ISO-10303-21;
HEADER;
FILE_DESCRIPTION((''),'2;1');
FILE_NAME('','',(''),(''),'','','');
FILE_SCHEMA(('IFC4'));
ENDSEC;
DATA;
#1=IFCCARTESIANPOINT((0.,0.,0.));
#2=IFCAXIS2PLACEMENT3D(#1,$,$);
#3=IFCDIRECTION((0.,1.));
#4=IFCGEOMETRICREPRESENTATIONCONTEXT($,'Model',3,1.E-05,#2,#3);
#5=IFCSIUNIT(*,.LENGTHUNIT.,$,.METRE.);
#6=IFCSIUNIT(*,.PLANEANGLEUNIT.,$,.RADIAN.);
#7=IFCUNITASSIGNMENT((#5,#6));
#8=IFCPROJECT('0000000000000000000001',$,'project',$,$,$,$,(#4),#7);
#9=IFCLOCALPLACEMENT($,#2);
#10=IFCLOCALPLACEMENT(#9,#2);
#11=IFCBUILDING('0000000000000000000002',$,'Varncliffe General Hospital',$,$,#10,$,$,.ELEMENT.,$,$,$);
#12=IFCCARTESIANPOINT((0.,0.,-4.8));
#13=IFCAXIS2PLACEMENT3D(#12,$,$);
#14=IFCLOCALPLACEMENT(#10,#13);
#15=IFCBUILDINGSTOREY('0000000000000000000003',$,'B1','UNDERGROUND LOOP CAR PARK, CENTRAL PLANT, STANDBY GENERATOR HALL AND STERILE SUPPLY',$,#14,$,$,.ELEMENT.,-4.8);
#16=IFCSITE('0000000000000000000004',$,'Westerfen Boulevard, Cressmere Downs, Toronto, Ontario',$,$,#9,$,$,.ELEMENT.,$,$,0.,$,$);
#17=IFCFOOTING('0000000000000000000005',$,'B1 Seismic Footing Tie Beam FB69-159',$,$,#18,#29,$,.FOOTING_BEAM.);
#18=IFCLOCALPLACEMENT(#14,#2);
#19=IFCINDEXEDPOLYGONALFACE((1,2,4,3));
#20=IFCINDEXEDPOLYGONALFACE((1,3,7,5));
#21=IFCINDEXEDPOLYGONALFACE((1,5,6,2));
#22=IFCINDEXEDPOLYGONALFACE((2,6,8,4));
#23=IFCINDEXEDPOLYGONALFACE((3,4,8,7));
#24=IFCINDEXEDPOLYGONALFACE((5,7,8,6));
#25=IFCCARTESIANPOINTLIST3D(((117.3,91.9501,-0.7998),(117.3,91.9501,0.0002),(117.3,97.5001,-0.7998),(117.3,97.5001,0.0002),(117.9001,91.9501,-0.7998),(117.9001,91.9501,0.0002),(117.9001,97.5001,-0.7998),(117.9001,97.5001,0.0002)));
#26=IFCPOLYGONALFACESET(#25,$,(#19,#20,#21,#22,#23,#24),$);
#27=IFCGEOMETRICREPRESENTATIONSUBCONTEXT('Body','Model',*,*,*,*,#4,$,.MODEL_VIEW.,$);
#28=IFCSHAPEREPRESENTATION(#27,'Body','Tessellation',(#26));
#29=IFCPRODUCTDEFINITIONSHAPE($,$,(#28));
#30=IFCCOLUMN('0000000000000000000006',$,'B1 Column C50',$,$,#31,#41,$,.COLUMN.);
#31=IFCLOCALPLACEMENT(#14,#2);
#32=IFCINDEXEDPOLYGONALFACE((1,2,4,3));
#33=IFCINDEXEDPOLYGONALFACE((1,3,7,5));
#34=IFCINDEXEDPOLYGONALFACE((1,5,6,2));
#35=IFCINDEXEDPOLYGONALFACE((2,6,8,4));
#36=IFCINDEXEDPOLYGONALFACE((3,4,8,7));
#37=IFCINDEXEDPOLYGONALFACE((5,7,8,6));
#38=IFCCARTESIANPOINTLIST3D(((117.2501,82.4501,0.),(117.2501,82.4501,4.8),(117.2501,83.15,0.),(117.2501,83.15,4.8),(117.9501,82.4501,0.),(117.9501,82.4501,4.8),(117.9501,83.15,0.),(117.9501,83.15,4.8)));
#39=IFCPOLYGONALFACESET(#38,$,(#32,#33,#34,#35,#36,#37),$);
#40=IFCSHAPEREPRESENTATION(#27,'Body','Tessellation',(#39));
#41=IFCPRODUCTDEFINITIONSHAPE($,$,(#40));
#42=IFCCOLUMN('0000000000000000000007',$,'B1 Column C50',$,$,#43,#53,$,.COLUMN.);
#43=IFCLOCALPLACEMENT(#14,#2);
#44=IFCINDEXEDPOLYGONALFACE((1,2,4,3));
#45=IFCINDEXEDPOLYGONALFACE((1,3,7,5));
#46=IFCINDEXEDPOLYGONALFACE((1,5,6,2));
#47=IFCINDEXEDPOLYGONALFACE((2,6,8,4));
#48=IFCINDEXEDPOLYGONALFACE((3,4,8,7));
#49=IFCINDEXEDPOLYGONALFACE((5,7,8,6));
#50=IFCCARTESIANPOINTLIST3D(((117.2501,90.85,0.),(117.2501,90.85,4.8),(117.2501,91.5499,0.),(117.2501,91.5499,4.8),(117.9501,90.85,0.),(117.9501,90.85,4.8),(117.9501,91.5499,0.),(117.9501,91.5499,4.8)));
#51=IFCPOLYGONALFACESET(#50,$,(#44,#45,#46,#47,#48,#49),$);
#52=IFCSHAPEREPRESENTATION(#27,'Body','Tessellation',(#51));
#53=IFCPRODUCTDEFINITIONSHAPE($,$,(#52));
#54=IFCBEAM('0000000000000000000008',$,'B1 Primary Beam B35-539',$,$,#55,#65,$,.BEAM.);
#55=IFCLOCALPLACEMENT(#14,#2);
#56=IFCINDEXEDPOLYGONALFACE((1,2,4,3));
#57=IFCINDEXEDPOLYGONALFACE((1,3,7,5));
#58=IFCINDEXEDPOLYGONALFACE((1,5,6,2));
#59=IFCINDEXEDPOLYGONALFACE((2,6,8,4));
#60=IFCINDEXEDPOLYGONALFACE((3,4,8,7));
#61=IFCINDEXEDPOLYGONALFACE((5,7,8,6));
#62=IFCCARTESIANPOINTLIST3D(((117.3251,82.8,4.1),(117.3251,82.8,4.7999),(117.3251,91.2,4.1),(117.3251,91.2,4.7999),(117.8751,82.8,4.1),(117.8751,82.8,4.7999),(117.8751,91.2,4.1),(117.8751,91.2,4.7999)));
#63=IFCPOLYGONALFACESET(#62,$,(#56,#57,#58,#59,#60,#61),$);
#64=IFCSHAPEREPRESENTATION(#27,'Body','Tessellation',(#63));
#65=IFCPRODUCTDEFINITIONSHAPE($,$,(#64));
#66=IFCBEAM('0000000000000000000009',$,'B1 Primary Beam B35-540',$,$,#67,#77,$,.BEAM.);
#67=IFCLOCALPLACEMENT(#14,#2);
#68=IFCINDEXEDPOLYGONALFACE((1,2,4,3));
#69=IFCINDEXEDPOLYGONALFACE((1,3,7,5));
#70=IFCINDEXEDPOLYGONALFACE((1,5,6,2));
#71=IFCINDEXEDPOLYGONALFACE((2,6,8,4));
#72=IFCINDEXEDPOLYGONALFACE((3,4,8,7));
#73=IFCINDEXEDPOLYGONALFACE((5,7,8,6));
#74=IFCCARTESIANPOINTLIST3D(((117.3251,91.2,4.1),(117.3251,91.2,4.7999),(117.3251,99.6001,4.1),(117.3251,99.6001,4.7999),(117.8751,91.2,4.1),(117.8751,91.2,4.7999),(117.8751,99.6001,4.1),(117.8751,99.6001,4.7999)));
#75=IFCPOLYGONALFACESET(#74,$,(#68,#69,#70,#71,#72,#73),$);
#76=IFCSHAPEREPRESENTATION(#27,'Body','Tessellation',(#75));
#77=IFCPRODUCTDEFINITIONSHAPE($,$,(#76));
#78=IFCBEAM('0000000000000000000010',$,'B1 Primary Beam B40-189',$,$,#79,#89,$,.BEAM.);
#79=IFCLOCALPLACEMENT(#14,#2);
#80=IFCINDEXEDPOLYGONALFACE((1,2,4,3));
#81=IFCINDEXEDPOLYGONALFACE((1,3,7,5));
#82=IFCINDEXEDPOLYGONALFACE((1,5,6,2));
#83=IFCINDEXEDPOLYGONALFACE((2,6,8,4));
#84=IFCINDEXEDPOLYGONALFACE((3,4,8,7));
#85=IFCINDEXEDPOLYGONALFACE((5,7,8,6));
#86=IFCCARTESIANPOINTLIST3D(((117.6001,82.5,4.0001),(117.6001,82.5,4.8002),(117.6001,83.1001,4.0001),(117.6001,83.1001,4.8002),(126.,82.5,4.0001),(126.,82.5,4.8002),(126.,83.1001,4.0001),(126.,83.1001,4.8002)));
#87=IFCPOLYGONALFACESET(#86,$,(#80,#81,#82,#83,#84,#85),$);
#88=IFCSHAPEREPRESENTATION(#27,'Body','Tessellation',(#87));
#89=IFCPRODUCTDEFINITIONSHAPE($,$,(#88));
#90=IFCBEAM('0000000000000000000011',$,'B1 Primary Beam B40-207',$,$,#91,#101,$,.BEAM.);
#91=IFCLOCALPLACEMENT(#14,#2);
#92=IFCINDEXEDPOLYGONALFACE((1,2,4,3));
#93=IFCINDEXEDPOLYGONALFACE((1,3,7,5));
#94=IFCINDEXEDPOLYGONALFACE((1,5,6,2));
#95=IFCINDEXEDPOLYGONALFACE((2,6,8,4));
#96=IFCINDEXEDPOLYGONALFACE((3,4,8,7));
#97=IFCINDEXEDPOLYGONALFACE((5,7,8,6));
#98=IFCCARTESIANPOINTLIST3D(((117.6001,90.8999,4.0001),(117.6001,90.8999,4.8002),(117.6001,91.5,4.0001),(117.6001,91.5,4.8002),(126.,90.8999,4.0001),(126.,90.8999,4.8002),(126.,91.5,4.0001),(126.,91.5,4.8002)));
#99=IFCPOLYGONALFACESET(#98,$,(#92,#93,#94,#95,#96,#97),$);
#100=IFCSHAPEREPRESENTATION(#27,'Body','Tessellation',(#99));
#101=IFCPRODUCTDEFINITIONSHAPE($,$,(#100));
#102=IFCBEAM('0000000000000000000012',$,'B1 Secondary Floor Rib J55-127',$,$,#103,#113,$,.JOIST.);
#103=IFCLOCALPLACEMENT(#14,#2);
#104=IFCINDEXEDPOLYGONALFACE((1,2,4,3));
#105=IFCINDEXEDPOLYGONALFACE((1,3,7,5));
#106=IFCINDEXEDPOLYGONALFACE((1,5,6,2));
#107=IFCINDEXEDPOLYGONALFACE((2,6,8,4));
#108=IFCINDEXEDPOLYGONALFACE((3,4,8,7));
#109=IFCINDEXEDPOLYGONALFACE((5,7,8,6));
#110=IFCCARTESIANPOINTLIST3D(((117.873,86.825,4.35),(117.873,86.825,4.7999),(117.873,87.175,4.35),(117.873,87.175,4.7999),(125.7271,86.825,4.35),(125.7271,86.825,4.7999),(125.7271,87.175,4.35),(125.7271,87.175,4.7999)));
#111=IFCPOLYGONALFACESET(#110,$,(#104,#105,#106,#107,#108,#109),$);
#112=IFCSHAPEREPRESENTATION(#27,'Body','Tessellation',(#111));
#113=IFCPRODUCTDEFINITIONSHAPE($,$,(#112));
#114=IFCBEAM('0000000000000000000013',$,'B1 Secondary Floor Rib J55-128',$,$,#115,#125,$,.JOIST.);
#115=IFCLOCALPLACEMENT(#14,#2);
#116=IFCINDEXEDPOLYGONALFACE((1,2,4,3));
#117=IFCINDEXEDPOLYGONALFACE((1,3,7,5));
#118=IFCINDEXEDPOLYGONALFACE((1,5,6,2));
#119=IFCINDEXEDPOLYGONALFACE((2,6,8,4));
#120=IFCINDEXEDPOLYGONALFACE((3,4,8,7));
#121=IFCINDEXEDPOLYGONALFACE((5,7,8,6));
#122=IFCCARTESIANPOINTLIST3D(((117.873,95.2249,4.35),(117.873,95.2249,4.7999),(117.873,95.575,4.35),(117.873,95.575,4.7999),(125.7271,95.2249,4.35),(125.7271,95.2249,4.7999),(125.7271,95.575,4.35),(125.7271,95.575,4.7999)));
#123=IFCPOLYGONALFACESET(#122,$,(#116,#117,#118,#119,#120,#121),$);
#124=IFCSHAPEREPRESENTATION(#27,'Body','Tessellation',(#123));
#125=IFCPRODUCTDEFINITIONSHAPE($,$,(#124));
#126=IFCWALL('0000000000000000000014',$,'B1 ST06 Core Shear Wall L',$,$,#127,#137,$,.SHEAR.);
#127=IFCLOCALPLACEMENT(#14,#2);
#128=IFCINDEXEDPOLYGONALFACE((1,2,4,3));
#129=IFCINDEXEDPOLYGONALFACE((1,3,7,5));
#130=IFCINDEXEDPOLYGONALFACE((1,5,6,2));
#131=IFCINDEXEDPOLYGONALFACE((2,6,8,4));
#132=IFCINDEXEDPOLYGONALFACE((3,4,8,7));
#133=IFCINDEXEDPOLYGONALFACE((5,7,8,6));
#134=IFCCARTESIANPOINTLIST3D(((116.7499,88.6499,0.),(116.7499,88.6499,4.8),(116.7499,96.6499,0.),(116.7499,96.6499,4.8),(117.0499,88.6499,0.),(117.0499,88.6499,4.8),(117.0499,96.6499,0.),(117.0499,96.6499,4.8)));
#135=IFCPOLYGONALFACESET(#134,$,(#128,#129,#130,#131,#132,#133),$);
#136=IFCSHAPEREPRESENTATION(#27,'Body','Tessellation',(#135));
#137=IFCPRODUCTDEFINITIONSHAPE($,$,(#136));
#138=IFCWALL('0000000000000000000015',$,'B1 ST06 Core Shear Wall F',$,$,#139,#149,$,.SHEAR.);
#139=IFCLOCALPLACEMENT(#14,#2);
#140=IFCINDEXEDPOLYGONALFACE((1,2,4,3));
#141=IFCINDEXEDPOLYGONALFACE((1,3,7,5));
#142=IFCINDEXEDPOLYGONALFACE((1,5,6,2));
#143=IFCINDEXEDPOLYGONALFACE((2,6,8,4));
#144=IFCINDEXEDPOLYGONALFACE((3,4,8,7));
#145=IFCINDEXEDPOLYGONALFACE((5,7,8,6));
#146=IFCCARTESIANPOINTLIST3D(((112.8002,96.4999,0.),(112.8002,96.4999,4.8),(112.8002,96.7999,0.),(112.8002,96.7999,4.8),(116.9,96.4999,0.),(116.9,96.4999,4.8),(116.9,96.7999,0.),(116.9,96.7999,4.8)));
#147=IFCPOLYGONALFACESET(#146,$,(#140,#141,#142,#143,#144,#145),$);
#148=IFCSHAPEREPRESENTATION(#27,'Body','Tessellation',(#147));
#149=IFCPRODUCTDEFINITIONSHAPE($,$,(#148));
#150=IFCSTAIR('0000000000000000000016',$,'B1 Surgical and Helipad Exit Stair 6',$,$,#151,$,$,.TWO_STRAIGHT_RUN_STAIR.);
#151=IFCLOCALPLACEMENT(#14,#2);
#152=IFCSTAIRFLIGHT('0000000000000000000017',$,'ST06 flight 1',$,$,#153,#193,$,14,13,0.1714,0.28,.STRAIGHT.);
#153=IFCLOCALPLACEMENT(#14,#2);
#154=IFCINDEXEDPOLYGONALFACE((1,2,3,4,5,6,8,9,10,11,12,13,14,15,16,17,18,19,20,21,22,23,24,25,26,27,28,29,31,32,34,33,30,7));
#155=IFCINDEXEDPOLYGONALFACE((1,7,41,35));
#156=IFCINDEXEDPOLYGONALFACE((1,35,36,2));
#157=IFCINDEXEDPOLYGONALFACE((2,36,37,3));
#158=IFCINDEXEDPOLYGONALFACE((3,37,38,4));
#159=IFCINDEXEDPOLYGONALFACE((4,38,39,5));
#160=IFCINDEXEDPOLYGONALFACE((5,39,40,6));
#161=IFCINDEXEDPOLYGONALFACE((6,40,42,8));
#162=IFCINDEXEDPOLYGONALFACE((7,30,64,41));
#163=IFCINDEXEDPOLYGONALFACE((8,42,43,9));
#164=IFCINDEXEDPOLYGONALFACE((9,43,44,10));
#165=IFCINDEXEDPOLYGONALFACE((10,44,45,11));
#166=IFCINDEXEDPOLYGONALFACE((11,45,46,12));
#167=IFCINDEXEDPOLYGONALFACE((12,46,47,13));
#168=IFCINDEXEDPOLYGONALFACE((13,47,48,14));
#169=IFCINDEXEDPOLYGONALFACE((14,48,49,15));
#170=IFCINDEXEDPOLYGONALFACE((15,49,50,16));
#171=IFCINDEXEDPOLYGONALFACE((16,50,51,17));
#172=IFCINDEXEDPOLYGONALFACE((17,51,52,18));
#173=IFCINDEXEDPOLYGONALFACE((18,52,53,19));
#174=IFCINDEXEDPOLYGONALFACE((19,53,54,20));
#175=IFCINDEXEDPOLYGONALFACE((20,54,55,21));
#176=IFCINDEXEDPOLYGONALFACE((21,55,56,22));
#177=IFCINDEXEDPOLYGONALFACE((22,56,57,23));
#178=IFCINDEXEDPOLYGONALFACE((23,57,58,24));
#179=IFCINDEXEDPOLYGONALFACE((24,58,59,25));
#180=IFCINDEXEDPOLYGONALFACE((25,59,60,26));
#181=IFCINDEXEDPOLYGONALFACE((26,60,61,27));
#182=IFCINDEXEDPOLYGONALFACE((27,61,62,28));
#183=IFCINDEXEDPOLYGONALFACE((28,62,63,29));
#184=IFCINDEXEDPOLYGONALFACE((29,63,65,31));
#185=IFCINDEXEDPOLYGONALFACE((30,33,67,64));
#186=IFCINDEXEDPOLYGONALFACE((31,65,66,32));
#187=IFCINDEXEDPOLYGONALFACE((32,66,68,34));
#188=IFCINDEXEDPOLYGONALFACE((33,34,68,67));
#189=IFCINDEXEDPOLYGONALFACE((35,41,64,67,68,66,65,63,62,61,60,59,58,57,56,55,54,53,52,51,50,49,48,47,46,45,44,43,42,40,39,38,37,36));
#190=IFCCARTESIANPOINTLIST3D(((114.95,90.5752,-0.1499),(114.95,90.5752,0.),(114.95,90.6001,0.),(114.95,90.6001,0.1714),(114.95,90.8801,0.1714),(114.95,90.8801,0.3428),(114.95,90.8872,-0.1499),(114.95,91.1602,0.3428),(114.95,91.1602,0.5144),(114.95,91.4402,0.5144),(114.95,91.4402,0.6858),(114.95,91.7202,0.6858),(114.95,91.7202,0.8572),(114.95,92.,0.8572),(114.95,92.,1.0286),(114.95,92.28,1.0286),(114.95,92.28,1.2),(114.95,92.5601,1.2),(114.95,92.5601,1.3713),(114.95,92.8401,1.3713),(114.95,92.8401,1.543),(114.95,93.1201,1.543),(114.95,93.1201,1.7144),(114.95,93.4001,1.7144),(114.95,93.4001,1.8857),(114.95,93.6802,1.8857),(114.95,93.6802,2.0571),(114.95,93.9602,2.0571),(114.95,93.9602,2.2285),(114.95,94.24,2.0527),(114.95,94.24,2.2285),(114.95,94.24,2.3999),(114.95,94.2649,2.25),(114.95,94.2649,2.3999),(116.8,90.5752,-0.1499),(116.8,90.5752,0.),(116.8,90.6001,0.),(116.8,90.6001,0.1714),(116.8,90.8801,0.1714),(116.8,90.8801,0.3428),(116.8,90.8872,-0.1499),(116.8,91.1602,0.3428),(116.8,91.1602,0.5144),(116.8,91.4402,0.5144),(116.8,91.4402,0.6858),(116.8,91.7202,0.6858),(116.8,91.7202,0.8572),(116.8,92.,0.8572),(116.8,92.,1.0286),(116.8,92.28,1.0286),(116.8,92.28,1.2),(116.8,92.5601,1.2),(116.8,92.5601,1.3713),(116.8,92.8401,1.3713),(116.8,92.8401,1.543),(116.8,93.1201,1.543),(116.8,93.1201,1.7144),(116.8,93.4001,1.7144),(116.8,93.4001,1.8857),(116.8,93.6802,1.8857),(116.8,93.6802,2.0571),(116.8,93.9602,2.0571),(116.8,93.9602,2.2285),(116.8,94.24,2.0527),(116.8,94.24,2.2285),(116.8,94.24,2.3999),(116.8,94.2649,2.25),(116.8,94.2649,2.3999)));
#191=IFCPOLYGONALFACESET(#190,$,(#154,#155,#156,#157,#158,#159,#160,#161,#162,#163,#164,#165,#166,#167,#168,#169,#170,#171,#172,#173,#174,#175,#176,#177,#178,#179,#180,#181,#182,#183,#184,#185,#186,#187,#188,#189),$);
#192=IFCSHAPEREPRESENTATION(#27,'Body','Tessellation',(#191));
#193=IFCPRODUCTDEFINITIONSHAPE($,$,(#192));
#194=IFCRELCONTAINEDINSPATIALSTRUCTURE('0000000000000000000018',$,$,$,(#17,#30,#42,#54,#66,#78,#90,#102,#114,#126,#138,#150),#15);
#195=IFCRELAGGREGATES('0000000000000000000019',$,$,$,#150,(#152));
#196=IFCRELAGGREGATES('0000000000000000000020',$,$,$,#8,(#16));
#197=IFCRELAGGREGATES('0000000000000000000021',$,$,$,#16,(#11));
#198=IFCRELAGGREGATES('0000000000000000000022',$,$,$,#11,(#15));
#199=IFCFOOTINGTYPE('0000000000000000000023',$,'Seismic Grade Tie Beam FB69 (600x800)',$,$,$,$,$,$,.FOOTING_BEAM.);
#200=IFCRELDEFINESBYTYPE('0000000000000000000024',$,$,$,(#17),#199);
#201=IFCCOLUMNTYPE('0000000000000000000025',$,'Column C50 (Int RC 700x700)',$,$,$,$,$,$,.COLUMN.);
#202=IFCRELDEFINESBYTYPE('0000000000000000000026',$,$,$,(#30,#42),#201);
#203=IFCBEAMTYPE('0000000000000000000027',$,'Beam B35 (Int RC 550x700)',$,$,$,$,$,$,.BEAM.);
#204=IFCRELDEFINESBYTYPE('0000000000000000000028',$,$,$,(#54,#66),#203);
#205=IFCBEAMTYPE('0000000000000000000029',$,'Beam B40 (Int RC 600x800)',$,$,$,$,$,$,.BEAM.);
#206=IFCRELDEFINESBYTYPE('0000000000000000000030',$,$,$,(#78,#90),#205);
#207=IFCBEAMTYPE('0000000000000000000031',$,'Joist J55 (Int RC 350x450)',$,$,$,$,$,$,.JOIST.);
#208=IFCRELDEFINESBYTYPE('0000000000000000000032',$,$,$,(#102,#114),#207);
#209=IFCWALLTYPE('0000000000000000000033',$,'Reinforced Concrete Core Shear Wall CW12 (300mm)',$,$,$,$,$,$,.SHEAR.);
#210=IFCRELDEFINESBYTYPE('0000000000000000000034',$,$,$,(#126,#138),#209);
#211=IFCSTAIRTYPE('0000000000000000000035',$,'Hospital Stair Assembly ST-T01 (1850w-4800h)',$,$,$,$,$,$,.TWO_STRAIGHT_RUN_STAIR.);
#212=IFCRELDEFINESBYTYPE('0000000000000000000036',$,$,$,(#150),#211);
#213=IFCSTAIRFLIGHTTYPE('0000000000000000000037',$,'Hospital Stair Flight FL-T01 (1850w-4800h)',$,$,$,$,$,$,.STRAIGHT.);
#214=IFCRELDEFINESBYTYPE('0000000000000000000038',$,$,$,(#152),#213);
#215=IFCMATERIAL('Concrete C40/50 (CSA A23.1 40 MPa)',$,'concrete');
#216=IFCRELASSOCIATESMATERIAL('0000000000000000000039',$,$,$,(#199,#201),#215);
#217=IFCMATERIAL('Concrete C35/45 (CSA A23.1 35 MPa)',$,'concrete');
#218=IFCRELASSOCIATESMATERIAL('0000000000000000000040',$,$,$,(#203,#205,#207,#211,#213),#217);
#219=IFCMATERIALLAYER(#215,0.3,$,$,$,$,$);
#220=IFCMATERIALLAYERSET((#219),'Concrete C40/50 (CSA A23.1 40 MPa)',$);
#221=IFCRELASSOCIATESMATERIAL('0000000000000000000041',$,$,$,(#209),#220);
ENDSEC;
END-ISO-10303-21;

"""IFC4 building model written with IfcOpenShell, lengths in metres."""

from ifc_helpers import new_model, si_unit, direction, frame, frame_2d, origin, origin_2d, place, context, subcontext, project, spatial, polyline, rectangle, outline, extrude, material, layer, layer_set, material_profile, profile_set, type_object, element, aggregate, save


model = new_model("IFC4")

# Units and contexts
model_context = context("Model", 3, precision=1e-05, world=origin(), true_north=direction((0.0, 1.0)))
body_context = subcontext(model_context, "Body", "Model", "MODEL_VIEW")
ifc_project = project(units=[si_unit("LENGTHUNIT", "METRE"), si_unit("PLANEANGLEUNIT", "RADIAN")], contexts=[model_context])

# Site, building, storey
site_placement = place(None, origin())
site = spatial("IfcSite", under=ifc_project, at=site_placement, Name="Westerfen Boulevard, Cressmere Downs, Toronto, Ontario", CompositionType="ELEMENT", RefElevation=0.0)
building_placement = place(site_placement, origin())
building = spatial("IfcBuilding", under=site, at=building_placement, Name="Varncliffe General Hospital", CompositionType="ELEMENT")
storey_placement = place(building_placement, frame((0.0, 0.0, -4.8)))
storey = spatial("IfcBuildingStorey", under=building, at=storey_placement, Name="B1", Description="UNDERGROUND LOOP CAR PARK, CENTRAL PLANT, STANDBY GENERATOR HALL AND STERILE SUPPLY", CompositionType="ELEMENT", Elevation=-4.8)

# Shared definitions
ifc_material_1 = material(Name="Concrete C40/50 (CSA A23.1 40 MPa)", Category="concrete")

# Footing
footing_type_1 = type_object("IfcFootingType", Name="Seismic Grade Tie Beam FB69 (600x800)", PredefinedType="FOOTING_BEAM", material=ifc_material_1)
footing_1_placement = place(storey_placement, frame((117.6001, 94.7251, -0.7998), z_axis=(0.0, 0.0, 1.0), x_axis=(1.0, 0.0, 0.0)))
element("IfcFooting", 1, at=footing_1_placement, inside=storey, type_object=footing_type_1, Name="B1 Seismic Footing Tie Beam FB69-159", PredefinedType="FOOTING_BEAM", context=body_context, shape_type="SweptSolid", body=[
    extrude(rectangle(XDim=0.6001, YDim=5.55, at=origin_2d()), origin(), (0.0, 0.0, 1.0), 0.8),
])

# Columns
ifc_material_profile_1 = material_profile(ifc_material_1, rectangle(XDim=0.7, YDim=0.7, at=origin_2d()), Name="RC 700x700")
ifc_profile_set_1 = profile_set([ifc_material_profile_1], Name="Concrete C40/50 (CSA A23.1 40 MPa)")
column_type = type_object("IfcColumnType", Name="Column C50 (Int RC 700x700)", PredefinedType="COLUMN", material=ifc_profile_set_1)
for number, where, z_axis, x_axis, name in (
    (2, (117.6001, 82.8, 0.0), (0.0, 0.0, 1.0), (1.0, 0.0, 0.0), "B1 Column C50"),
    (3, (117.6001, 91.2, 0.0), (0.0, 0.0, 1.0), (1.0, 0.0, 0.0), "B1 Column C50"),
):
    element("IfcColumn", number, at=place(storey_placement, frame(where, z_axis=z_axis, x_axis=x_axis)), inside=storey, type_object=column_type, Name=name, PredefinedType="COLUMN", context=body_context, shape_type="SweptSolid", body=[
        extrude(rectangle(XDim=0.7, YDim=0.7, at=origin_2d()), origin(), (0.0, 0.0, 1.0), 4.8),
    ])

# Beams
ifc_material_2 = material(Name="Concrete C35/45 (CSA A23.1 35 MPa)", Category="concrete")
ifc_material_profile_2 = material_profile(ifc_material_2, rectangle(XDim=0.55, YDim=0.7, at=origin_2d()), Name="RC 550x700")
ifc_profile_set_2 = profile_set([ifc_material_profile_2], Name="Concrete C35/45 (CSA A23.1 35 MPa)")
beam_type_1 = type_object("IfcBeamType", Name="Beam B35 (Int RC 550x700)", PredefinedType="BEAM", material=ifc_profile_set_2)
beam_1_placement = place(storey_placement, frame((117.6001, 82.8, 4.45), z_axis=(0.0, 1.0, 0.0), x_axis=(-1.0, 0.0, 0.0)))
element("IfcBeam", 4, at=beam_1_placement, inside=storey, type_object=beam_type_1, Name="B1 Primary Beam B35-539", PredefinedType="BEAM", context=body_context, shape_type="SweptSolid", body=[
    extrude(rectangle(XDim=0.55, YDim=0.7, at=origin_2d()), origin(), (0.0, 0.0, 1.0), 8.3999),
])
beam_2_placement = place(storey_placement, frame((117.6001, 91.2, 4.45), z_axis=(0.0, 1.0, 0.0), x_axis=(-1.0, 0.0, 0.0)))
element("IfcBeam", 5, at=beam_2_placement, inside=storey, type_object=beam_type_1, Name="B1 Primary Beam B35-540", PredefinedType="BEAM", context=body_context, shape_type="SweptSolid", body=[
    extrude(rectangle(XDim=0.55, YDim=0.7, at=origin_2d()), origin(), (0.0, 0.0, 1.0), 8.4001),
])
ifc_material_profile_3 = material_profile(ifc_material_2, rectangle(XDim=0.6001, YDim=0.8, at=origin_2d()), Name="RC 600x800")
ifc_profile_set_3 = profile_set([ifc_material_profile_3], Name="Concrete C35/45 (CSA A23.1 35 MPa)")
beam_type_2 = type_object("IfcBeamType", Name="Beam B40 (Int RC 600x800)", PredefinedType="BEAM", material=ifc_profile_set_3)
for number, where, z_axis, x_axis, name in (
    (6, (117.6001, 82.8, 4.4001), (1.0, 0.0, 0.0), (0.0, 1.0, 0.0), "B1 Primary Beam B40-189"),
    (7, (117.6001, 91.2, 4.4001), (1.0, 0.0, 0.0), (0.0, 1.0, 0.0), "B1 Primary Beam B40-207"),
):
    element("IfcBeam", number, at=place(storey_placement, frame(where, z_axis=z_axis, x_axis=x_axis)), inside=storey, type_object=beam_type_2, Name=name, PredefinedType="BEAM", context=body_context, shape_type="SweptSolid", body=[
        extrude(rectangle(XDim=0.6001, YDim=0.8, at=origin_2d()), origin(), (0.0, 0.0, 1.0), 8.3999),
    ])
ifc_material_profile_4 = material_profile(ifc_material_2, rectangle(XDim=0.3501, YDim=0.45, at=origin_2d()), Name="RC 350x450")
ifc_profile_set_4 = profile_set([ifc_material_profile_4], Name="Concrete C35/45 (CSA A23.1 35 MPa)")
beam_type_3 = type_object("IfcBeamType", Name="Joist J55 (Int RC 350x450)", PredefinedType="JOIST", material=ifc_profile_set_4)
for number, where, z_axis, x_axis, name in (
    (8, (117.873, 87.0, 4.575), (1.0, 0.0, 0.0), (0.0, 1.0, 0.0), "B1 Secondary Floor Rib J55-127"),
    (9, (117.873, 95.3999, 4.575), (1.0, 0.0, 0.0), (0.0, 1.0, 0.0), "B1 Secondary Floor Rib J55-128"),
):
    element("IfcBeam", number, at=place(storey_placement, frame(where, z_axis=z_axis, x_axis=x_axis)), inside=storey, type_object=beam_type_3, Name=name, PredefinedType="JOIST", context=body_context, shape_type="SweptSolid", body=[
        extrude(rectangle(XDim=0.3501, YDim=0.45, at=origin_2d()), origin(), (0.0, 0.0, 1.0), 7.854),
    ])

# Walls
ifc_layer = layer(ifc_material_1, 0.3)
ifc_layer_set = layer_set([ifc_layer], Name="Concrete C40/50 (CSA A23.1 40 MPa)")
wall_type = type_object("IfcWallType", Name="Reinforced Concrete Core Shear Wall CW12 (300mm)", PredefinedType="SHEAR", material=ifc_layer_set)
wall_1_placement = place(storey_placement, frame((116.8999, 88.6499, 0.0), z_axis=(0.0, 0.0, 1.0), x_axis=(0.0, 1.0, 0.0)))
element("IfcWall", 10, at=wall_1_placement, inside=storey, type_object=wall_type, Name="B1 ST06 Core Shear Wall L", PredefinedType="SHEAR", context=body_context, shape_type="SweptSolid", body=[
    extrude(rectangle(XDim=8.0, YDim=0.3, at=frame_2d((4.0, 0.0))), origin(), (0.0, 0.0, 1.0), 4.8),
])
wall_2_placement = place(storey_placement, frame((116.8999, 96.6499, 0.0), z_axis=(0.0, 0.0, 1.0), x_axis=(-1.0, 0.0, 0.0)))
element("IfcWall", 11, at=wall_2_placement, inside=storey, type_object=wall_type, Name="B1 ST06 Core Shear Wall F", PredefinedType="SHEAR", context=body_context, shape_type="SweptSolid", body=[
    extrude(rectangle(XDim=4.0999, YDim=0.3, at=frame_2d((2.0498, 0.0))), origin(), (0.0, 0.0, 1.0), 4.8),
])

# Stair, stair flight
stair_type = type_object("IfcStairType", Name="Hospital Stair Assembly ST-T01 (1850w-4800h)", PredefinedType="TWO_STRAIGHT_RUN_STAIR", material=ifc_material_2)
stair_placement = place(storey_placement, origin())
stair = element("IfcStair", 12, at=stair_placement, inside=storey, type_object=stair_type, Name="B1 Surgical and Helipad Exit Stair 6", PredefinedType="TWO_STRAIGHT_RUN_STAIR")
stair_flight_type = type_object("IfcStairFlightType", Name="Hospital Stair Flight FL-T01 (1850w-4800h)", PredefinedType="STRAIGHT", material=ifc_material_2)
stair_flight_placement = place(storey_placement, frame((115.875, 90.6001, 0.0), z_axis=(0.0, 0.0, 1.0), x_axis=(0.0, 1.0, 0.0)))
stair_flight = element("IfcStairFlight", 13, at=stair_flight_placement, type_object=stair_flight_type, Name="ST06 flight 1", NumberOfRisers=14, NumberOfTreads=13, PredefinedType="STRAIGHT", RiserHeight=0.1714, TreadLength=0.28, context=body_context, shape_type="SweptSolid", body=[
    extrude(outline(polyline([(-0.0249, -0.1499), (-0.0249, 0.0), (0.0, 0.0), (0.0, 0.1714), (0.28, 0.1714), (0.28, 0.3428), (0.5601, 0.3428), (0.5601, 0.5144), (0.8401, 0.5144), (0.8401, 0.6858), (1.1201, 0.6858), (1.1201, 0.8572), (1.3999, 0.8572), (1.3999, 1.0286), (1.6799, 1.0286), (1.6799, 1.2), (1.96, 1.2), (1.96, 1.3713), (2.24, 1.3713), (2.24, 1.543), (2.52, 1.543), (2.52, 1.7144), (2.8, 1.7144), (2.8, 1.8857), (3.0801, 1.8857), (3.0801, 2.0571), (3.3601, 2.0571), (3.3601, 2.2285), (3.6399, 2.2285), (3.6399, 2.3999), (3.6648, 2.3999), (3.6648, 2.25), (3.6399, 2.0527), (0.2871, -0.1499), (-0.0249, -0.1499)])), frame((0.0, 0.925, 0.0), z_axis=(0.0, -1.0, 0.0), x_axis=(1.0, 0.0, 0.0)), (0.0, 0.0, 1.0), 1.8501),
])
aggregate(stair, [stair_flight])

save(model, "model.ifc")
